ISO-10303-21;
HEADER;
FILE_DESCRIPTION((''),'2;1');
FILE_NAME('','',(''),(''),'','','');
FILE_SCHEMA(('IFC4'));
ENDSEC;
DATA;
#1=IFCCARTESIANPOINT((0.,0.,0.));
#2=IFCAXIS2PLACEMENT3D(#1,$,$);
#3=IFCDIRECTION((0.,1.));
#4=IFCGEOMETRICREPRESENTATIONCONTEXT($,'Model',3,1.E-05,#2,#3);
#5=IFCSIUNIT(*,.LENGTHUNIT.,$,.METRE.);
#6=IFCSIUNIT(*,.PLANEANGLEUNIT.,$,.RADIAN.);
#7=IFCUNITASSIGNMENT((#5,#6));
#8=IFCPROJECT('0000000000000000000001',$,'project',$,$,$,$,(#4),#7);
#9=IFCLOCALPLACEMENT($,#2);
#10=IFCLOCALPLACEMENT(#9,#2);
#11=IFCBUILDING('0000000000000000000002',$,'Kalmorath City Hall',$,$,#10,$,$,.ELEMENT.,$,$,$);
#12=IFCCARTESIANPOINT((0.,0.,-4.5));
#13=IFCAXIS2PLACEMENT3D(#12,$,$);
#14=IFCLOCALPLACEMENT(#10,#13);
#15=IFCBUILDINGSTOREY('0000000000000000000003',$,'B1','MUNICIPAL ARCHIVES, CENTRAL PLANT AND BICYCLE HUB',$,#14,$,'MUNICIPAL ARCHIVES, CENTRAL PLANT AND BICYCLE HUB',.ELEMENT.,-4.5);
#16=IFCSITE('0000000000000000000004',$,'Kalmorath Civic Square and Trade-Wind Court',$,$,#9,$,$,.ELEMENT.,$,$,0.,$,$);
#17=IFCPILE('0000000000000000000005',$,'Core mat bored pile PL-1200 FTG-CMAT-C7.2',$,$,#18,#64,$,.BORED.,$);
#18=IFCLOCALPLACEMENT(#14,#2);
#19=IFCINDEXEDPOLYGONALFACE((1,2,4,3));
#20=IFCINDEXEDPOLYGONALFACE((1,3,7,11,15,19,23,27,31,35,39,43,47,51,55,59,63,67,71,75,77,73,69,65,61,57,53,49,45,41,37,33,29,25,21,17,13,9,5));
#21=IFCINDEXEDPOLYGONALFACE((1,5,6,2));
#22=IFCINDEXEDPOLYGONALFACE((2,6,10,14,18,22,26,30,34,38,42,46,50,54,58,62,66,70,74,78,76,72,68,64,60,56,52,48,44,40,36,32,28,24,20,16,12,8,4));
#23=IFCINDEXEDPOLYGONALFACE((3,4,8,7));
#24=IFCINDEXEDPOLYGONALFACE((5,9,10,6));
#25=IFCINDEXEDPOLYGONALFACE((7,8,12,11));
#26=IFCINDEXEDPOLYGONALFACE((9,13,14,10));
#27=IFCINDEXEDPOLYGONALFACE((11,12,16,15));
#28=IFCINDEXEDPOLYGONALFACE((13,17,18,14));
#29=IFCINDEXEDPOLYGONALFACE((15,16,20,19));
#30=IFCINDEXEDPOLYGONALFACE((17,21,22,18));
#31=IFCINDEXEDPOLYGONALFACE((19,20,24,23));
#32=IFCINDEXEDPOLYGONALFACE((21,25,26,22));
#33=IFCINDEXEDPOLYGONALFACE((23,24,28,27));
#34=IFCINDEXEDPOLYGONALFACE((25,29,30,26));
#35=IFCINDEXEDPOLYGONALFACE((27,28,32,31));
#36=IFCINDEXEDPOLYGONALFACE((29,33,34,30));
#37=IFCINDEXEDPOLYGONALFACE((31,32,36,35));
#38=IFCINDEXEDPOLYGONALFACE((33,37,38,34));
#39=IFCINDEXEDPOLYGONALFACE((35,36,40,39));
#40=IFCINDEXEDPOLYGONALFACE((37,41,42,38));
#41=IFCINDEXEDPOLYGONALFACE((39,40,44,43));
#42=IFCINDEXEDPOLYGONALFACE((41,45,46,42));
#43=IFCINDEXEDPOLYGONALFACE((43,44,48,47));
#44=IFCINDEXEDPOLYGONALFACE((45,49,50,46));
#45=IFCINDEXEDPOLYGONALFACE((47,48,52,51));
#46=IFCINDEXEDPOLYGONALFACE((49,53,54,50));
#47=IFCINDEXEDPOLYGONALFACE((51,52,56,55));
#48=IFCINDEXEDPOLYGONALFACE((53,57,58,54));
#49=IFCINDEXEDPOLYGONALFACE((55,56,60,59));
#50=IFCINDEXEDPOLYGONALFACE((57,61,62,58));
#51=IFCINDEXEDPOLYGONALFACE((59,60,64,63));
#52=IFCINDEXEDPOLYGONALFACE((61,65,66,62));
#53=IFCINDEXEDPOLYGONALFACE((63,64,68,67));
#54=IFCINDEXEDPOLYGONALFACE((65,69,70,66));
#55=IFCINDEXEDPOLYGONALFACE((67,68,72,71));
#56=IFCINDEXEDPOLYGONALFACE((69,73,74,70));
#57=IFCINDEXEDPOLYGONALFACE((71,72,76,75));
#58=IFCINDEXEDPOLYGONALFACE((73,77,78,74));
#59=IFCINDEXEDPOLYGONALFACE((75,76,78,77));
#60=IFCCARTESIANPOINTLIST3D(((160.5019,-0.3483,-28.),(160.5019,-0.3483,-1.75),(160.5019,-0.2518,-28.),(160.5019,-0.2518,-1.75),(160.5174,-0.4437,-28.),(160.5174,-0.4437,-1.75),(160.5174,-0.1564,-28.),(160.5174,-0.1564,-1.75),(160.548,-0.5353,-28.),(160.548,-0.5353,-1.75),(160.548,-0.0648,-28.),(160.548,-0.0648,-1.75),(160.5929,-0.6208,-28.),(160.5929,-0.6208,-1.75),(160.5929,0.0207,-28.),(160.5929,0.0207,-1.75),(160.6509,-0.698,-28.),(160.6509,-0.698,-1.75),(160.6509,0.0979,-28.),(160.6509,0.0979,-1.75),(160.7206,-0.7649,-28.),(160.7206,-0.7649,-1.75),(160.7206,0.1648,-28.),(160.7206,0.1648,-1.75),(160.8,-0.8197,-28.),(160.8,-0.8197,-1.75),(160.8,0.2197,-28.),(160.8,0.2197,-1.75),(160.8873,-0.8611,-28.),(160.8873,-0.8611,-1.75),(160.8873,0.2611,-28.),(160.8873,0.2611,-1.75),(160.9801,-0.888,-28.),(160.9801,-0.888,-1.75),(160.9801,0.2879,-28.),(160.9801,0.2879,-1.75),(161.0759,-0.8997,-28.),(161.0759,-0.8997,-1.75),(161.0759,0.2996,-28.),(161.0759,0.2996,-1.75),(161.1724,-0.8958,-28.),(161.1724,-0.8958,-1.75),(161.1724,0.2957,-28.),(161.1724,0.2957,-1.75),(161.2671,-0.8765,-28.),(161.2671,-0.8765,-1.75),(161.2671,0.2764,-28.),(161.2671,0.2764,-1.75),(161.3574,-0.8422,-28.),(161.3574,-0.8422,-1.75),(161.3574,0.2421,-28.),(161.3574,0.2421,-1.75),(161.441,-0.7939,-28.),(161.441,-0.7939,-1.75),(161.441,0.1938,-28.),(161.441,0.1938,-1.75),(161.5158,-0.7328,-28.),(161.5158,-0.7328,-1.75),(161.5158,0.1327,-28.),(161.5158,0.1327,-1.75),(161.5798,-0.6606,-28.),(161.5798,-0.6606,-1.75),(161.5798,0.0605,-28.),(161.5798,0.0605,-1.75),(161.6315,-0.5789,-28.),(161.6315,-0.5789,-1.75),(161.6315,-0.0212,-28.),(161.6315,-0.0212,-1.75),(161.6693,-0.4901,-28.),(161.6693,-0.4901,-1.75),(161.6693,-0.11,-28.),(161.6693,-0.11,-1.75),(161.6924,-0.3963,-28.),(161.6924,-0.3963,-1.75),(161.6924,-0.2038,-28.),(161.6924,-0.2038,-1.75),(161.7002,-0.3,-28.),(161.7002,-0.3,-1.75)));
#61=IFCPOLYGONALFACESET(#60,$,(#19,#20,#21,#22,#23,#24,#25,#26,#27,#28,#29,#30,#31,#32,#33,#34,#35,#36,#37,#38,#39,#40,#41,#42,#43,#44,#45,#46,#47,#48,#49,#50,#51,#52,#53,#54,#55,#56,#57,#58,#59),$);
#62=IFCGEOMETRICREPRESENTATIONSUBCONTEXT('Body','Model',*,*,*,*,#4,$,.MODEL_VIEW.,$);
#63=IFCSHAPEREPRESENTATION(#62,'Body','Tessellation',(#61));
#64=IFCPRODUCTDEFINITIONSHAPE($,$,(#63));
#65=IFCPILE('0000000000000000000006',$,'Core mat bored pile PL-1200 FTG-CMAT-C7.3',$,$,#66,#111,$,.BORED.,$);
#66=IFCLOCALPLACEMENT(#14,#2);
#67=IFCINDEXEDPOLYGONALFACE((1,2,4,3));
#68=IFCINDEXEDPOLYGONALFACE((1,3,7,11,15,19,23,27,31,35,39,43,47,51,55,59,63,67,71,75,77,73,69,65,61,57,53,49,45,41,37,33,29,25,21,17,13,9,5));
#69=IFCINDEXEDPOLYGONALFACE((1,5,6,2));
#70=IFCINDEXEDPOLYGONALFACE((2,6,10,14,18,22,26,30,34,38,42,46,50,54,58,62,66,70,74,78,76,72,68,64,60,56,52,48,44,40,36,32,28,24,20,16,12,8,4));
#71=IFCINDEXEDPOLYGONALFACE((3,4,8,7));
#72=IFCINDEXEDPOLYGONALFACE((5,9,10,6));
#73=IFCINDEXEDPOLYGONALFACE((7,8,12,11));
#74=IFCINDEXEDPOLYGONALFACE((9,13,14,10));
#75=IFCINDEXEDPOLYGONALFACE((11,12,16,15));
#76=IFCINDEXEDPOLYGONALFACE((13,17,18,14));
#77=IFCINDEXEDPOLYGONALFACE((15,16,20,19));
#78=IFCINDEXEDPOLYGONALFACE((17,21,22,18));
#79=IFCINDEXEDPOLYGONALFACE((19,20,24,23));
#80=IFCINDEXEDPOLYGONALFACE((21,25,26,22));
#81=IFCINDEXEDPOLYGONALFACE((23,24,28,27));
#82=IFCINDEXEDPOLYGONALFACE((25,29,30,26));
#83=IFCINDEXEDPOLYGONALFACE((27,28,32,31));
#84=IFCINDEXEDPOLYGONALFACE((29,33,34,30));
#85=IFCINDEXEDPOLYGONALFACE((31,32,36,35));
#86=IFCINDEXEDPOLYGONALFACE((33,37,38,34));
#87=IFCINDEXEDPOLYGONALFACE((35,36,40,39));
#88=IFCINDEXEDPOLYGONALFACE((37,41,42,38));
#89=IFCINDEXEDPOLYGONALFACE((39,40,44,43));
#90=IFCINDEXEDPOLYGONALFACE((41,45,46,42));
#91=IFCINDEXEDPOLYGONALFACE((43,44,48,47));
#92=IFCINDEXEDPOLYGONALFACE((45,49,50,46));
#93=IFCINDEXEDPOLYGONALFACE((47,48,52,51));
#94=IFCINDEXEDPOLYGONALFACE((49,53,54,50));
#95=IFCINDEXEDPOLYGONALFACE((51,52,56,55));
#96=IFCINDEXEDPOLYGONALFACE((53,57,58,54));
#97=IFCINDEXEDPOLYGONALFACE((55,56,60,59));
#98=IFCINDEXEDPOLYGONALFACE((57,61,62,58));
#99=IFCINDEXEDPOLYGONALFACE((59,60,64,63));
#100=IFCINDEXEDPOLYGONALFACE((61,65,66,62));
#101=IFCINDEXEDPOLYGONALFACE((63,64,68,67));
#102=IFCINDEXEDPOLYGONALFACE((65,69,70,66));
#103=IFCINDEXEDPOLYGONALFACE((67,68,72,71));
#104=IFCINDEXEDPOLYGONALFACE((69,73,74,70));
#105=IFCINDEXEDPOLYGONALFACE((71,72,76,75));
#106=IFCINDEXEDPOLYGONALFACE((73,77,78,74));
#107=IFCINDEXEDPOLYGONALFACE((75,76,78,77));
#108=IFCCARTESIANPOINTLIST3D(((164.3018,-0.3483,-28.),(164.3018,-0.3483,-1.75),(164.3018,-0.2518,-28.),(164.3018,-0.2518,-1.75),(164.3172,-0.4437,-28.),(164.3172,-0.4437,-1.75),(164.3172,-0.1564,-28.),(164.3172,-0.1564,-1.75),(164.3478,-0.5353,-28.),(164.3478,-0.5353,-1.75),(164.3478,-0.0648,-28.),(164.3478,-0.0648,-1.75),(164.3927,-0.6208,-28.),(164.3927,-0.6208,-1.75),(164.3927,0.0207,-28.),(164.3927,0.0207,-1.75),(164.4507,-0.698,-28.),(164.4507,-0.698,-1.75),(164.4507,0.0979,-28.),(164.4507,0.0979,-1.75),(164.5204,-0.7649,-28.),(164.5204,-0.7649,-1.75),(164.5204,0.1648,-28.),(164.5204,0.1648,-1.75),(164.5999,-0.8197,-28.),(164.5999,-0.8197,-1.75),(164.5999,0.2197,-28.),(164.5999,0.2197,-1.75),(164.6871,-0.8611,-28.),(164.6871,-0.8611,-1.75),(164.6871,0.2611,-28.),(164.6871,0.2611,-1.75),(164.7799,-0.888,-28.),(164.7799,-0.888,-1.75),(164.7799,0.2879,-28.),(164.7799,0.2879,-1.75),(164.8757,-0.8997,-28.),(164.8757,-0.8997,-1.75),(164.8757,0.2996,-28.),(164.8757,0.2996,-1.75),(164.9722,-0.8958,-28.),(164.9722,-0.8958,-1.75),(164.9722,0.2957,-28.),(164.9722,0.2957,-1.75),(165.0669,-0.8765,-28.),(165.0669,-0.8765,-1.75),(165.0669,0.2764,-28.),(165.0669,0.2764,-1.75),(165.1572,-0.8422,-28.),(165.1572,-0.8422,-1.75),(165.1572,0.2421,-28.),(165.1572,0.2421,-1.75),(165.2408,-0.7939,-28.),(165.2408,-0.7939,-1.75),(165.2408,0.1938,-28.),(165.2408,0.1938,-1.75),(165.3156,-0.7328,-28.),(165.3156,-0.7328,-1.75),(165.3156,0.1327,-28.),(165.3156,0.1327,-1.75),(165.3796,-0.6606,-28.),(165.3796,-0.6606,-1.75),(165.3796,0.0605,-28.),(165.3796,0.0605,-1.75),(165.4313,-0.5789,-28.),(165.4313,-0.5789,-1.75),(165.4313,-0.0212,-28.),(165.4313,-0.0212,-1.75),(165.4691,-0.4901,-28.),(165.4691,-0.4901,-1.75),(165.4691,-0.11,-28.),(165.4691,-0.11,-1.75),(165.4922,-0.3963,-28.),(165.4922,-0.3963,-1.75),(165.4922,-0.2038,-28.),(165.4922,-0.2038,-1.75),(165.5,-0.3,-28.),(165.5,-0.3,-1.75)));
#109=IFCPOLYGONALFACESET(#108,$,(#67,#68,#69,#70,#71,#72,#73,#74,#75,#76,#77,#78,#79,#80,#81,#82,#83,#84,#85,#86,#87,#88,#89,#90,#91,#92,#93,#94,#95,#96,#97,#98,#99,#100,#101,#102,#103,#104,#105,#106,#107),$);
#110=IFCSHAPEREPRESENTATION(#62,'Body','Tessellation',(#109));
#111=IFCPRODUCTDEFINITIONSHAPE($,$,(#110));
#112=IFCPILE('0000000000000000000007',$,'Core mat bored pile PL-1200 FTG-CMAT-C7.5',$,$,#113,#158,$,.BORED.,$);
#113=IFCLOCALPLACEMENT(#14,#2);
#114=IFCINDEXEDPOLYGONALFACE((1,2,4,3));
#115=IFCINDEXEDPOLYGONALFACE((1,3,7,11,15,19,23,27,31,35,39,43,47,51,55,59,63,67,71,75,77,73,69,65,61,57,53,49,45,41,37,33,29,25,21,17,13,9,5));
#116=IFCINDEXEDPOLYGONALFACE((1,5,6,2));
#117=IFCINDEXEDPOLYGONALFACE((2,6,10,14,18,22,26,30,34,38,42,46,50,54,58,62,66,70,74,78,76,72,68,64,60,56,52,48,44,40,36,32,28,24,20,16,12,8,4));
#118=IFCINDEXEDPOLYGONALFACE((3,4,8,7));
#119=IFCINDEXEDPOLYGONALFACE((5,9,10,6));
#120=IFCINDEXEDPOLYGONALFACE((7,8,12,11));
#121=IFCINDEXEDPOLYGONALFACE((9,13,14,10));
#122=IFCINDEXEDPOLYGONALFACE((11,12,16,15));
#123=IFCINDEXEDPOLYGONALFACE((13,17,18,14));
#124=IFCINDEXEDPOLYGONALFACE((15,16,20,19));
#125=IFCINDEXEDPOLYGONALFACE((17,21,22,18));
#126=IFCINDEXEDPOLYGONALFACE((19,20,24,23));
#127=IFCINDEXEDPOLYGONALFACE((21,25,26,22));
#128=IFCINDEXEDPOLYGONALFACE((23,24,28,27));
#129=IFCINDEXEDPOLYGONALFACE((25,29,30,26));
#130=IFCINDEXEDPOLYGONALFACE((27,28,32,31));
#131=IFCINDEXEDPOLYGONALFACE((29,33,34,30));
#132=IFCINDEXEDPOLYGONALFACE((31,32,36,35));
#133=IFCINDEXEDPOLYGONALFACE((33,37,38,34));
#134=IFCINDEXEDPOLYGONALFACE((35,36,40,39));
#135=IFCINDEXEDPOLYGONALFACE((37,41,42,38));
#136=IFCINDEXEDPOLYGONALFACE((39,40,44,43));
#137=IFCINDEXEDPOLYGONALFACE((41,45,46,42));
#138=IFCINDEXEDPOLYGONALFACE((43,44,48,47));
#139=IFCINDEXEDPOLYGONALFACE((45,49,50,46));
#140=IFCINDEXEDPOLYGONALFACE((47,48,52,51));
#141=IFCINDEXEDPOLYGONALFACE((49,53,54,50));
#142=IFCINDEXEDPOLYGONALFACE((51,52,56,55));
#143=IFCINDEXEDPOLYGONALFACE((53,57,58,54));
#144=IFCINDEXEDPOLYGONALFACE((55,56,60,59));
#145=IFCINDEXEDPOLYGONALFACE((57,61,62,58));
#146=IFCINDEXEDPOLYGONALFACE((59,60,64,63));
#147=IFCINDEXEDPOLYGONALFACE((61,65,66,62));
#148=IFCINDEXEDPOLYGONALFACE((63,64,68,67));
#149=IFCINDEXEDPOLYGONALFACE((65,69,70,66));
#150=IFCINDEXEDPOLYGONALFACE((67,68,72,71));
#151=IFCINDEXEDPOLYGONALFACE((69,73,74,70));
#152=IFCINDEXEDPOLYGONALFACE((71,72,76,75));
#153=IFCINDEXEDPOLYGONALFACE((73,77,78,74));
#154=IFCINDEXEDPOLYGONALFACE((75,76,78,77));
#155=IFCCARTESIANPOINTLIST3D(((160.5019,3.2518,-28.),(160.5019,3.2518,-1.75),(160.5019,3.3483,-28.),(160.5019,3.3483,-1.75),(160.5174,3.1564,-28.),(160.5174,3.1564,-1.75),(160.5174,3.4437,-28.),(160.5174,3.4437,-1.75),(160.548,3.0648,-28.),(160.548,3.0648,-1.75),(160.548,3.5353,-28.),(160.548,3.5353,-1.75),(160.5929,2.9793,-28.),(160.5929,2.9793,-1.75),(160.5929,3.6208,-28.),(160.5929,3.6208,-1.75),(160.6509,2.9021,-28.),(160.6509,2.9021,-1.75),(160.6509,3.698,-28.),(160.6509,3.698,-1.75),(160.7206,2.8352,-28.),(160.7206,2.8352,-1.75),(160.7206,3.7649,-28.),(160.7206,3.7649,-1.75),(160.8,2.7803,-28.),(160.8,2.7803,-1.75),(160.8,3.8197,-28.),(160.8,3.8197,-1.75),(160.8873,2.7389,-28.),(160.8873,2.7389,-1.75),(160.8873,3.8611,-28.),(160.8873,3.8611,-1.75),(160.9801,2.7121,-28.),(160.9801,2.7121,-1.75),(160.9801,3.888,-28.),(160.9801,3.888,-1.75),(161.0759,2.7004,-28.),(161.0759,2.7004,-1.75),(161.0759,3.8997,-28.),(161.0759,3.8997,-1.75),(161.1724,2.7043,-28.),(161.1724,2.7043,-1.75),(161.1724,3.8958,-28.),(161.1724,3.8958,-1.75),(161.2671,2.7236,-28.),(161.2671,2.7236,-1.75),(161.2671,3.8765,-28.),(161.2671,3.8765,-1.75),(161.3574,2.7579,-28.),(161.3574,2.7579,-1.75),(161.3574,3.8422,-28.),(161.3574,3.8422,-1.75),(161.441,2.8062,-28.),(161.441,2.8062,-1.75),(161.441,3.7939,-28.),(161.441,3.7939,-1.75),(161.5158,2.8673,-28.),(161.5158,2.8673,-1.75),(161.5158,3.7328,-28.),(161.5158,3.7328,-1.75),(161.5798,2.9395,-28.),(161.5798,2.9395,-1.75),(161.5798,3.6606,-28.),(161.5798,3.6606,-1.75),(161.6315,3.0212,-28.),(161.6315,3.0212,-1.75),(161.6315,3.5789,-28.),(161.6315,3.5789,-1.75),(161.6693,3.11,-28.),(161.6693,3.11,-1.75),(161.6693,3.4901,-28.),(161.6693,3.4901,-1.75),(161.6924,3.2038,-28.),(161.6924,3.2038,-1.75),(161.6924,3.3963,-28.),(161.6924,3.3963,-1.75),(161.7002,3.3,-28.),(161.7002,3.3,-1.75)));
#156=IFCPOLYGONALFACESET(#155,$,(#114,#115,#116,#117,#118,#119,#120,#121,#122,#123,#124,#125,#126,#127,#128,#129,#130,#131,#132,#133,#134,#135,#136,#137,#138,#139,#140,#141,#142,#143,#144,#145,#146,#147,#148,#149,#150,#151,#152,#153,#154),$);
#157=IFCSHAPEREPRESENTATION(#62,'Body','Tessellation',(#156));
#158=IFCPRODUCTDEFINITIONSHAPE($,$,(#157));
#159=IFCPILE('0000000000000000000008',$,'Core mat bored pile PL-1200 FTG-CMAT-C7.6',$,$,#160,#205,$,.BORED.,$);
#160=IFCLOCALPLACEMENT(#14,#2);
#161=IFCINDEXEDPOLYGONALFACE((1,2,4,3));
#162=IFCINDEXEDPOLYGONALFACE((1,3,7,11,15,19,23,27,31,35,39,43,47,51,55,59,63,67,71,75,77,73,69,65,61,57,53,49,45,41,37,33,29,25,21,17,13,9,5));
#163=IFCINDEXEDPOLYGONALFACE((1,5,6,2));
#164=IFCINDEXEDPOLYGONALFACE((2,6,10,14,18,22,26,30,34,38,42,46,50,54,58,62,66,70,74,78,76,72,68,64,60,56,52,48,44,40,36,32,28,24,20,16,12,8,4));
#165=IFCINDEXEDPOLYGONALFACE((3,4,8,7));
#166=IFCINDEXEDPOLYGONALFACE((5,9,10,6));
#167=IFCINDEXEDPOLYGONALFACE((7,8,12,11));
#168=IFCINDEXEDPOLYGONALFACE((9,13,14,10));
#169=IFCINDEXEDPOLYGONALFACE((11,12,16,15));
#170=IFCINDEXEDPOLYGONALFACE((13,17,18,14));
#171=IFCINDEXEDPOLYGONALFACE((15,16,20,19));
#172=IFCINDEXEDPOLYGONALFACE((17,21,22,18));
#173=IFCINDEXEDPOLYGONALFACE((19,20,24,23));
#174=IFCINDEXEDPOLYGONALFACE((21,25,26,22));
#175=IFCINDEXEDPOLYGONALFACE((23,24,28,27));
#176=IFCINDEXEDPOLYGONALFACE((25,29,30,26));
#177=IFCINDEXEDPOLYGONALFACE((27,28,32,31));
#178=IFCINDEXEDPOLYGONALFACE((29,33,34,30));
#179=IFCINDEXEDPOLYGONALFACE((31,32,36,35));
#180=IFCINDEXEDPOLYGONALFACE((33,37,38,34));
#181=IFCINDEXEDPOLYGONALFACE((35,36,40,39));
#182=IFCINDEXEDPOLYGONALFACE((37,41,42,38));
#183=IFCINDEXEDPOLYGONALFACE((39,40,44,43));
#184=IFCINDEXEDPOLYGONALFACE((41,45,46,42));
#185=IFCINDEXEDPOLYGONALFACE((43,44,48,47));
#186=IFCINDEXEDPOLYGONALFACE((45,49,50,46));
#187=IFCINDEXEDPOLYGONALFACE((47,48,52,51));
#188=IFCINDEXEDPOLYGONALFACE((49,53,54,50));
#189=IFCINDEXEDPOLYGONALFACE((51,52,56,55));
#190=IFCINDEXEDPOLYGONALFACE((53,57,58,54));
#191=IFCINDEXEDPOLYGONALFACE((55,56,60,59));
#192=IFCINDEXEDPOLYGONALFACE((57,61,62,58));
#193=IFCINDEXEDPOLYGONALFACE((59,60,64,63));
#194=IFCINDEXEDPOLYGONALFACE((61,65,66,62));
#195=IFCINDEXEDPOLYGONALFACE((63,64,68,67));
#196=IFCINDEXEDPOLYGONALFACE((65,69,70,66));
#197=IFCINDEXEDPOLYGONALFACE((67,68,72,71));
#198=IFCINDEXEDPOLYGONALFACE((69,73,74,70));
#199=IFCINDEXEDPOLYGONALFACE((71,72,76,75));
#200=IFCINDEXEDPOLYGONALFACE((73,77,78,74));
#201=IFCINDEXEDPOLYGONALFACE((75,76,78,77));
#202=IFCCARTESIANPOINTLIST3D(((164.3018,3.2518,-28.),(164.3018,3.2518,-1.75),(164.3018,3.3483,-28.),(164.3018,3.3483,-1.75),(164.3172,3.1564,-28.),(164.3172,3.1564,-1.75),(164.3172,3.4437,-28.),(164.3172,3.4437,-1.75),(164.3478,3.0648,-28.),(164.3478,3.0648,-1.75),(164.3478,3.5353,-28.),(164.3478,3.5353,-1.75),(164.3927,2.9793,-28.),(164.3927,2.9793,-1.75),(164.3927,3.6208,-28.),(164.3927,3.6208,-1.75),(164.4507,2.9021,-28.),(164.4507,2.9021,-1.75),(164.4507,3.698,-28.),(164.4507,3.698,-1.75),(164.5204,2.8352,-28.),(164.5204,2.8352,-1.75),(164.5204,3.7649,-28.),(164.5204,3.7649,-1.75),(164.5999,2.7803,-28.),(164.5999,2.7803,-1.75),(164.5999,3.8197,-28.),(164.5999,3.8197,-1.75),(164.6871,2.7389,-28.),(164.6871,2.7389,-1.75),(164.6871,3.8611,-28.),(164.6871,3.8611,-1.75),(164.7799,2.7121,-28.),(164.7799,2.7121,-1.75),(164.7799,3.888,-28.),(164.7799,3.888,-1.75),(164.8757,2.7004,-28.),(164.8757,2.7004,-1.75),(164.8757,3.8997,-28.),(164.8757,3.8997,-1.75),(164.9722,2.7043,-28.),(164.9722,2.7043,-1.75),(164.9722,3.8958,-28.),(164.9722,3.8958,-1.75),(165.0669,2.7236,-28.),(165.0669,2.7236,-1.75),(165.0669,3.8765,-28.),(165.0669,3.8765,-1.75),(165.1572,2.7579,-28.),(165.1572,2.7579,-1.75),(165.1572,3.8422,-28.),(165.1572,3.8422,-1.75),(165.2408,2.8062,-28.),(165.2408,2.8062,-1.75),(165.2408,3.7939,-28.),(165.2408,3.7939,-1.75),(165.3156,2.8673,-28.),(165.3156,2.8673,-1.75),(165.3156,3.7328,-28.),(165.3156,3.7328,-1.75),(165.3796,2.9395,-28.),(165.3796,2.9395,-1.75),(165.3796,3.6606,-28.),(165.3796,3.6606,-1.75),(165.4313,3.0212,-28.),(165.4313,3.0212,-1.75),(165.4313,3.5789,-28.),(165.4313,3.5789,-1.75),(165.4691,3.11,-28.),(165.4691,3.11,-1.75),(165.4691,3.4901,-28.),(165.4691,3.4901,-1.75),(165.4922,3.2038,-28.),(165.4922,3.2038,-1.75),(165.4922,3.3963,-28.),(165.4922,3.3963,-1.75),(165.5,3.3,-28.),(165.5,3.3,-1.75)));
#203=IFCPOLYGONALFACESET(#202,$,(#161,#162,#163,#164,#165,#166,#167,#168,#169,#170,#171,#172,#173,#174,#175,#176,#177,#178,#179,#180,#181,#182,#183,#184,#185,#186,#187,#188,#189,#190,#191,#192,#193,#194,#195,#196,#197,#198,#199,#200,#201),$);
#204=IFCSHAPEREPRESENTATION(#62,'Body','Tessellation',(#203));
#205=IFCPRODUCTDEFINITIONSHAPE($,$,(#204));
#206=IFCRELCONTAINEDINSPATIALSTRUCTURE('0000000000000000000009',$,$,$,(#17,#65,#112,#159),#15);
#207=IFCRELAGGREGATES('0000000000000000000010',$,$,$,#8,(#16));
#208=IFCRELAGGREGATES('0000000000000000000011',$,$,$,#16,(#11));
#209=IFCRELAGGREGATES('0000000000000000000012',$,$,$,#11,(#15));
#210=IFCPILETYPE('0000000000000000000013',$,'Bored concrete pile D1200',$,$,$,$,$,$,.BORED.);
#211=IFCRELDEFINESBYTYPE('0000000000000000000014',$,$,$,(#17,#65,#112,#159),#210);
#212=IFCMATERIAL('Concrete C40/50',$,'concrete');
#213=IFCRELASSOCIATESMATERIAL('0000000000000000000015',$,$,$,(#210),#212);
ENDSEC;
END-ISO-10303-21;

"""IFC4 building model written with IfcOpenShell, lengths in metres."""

from ifc_helpers import new_model, si_unit, direction, frame, origin, origin_2d, place, context, subcontext, project, spatial, circle, extrude, material, material_profile, profile_set, type_object, element, save


model = new_model("IFC4")

# Units and contexts
model_context = context("Model", 3, precision=1e-05, world=origin(), true_north=direction((0.0, 1.0)))
body_context = subcontext(model_context, "Body", "Model", "MODEL_VIEW")
ifc_project = project(units=[si_unit("LENGTHUNIT", "METRE"), si_unit("PLANEANGLEUNIT", "RADIAN")], contexts=[model_context])

# Site, building, storey
site_placement = place(None, origin())
site = spatial("IfcSite", under=ifc_project, at=site_placement, Name="Kalmorath Civic Square and Trade-Wind Court", CompositionType="ELEMENT", RefElevation=0.0)
building_placement = place(site_placement, origin())
building = spatial("IfcBuilding", under=site, at=building_placement, Name="Kalmorath City Hall", CompositionType="ELEMENT")
storey_placement = place(building_placement, frame((0.0, 0.0, -4.5)))
storey = spatial("IfcBuildingStorey", under=building, at=storey_placement, Name="B1", Description="MUNICIPAL ARCHIVES, CENTRAL PLANT AND BICYCLE HUB", LongName="MUNICIPAL ARCHIVES, CENTRAL PLANT AND BICYCLE HUB", CompositionType="ELEMENT", Elevation=-4.5)

# Piles
ifc_material_1 = material(Name="Concrete C40/50", Category="concrete")
ifc_material_profile_1 = material_profile(ifc_material_1, circle(Radius=0.6001, at=origin_2d()), Name="PILE-D1200")
ifc_profile_set_1 = profile_set([ifc_material_profile_1], Name="Concrete C40/50")
pile_type_1 = type_object("IfcPileType", Name="Bored concrete pile D1200", PredefinedType="BORED", material=ifc_profile_set_1)
for number, where, z_axis, x_axis, name in (
    (1, (161.1001, -0.3, -1.75), (0.0, 0.0, -1.0), (1.0, 0.0, 0.0), "Core mat bored pile PL-1200 FTG-CMAT-C7.2"),
    (2, (164.8999, -0.3, -1.75), (0.0, 0.0, -1.0), (1.0, 0.0, 0.0), "Core mat bored pile PL-1200 FTG-CMAT-C7.3"),
    (3, (161.1001, 3.3, -1.75), (0.0, 0.0, -1.0), (1.0, 0.0, 0.0), "Core mat bored pile PL-1200 FTG-CMAT-C7.5"),
    (4, (164.8999, 3.3, -1.75), (0.0, 0.0, -1.0), (1.0, 0.0, 0.0), "Core mat bored pile PL-1200 FTG-CMAT-C7.6"),
):
    element("IfcPile", number, at=place(storey_placement, frame(where, z_axis=z_axis, x_axis=x_axis)), inside=storey, type_object=pile_type_1, Name=name, PredefinedType="BORED", context=body_context, shape_type="SweptSolid", body=[
        extrude(circle(Radius=0.6001, at=origin_2d()), origin(), (0.0, 0.0, 1.0), 26.25),
    ])

save(model, "model.ifc")
